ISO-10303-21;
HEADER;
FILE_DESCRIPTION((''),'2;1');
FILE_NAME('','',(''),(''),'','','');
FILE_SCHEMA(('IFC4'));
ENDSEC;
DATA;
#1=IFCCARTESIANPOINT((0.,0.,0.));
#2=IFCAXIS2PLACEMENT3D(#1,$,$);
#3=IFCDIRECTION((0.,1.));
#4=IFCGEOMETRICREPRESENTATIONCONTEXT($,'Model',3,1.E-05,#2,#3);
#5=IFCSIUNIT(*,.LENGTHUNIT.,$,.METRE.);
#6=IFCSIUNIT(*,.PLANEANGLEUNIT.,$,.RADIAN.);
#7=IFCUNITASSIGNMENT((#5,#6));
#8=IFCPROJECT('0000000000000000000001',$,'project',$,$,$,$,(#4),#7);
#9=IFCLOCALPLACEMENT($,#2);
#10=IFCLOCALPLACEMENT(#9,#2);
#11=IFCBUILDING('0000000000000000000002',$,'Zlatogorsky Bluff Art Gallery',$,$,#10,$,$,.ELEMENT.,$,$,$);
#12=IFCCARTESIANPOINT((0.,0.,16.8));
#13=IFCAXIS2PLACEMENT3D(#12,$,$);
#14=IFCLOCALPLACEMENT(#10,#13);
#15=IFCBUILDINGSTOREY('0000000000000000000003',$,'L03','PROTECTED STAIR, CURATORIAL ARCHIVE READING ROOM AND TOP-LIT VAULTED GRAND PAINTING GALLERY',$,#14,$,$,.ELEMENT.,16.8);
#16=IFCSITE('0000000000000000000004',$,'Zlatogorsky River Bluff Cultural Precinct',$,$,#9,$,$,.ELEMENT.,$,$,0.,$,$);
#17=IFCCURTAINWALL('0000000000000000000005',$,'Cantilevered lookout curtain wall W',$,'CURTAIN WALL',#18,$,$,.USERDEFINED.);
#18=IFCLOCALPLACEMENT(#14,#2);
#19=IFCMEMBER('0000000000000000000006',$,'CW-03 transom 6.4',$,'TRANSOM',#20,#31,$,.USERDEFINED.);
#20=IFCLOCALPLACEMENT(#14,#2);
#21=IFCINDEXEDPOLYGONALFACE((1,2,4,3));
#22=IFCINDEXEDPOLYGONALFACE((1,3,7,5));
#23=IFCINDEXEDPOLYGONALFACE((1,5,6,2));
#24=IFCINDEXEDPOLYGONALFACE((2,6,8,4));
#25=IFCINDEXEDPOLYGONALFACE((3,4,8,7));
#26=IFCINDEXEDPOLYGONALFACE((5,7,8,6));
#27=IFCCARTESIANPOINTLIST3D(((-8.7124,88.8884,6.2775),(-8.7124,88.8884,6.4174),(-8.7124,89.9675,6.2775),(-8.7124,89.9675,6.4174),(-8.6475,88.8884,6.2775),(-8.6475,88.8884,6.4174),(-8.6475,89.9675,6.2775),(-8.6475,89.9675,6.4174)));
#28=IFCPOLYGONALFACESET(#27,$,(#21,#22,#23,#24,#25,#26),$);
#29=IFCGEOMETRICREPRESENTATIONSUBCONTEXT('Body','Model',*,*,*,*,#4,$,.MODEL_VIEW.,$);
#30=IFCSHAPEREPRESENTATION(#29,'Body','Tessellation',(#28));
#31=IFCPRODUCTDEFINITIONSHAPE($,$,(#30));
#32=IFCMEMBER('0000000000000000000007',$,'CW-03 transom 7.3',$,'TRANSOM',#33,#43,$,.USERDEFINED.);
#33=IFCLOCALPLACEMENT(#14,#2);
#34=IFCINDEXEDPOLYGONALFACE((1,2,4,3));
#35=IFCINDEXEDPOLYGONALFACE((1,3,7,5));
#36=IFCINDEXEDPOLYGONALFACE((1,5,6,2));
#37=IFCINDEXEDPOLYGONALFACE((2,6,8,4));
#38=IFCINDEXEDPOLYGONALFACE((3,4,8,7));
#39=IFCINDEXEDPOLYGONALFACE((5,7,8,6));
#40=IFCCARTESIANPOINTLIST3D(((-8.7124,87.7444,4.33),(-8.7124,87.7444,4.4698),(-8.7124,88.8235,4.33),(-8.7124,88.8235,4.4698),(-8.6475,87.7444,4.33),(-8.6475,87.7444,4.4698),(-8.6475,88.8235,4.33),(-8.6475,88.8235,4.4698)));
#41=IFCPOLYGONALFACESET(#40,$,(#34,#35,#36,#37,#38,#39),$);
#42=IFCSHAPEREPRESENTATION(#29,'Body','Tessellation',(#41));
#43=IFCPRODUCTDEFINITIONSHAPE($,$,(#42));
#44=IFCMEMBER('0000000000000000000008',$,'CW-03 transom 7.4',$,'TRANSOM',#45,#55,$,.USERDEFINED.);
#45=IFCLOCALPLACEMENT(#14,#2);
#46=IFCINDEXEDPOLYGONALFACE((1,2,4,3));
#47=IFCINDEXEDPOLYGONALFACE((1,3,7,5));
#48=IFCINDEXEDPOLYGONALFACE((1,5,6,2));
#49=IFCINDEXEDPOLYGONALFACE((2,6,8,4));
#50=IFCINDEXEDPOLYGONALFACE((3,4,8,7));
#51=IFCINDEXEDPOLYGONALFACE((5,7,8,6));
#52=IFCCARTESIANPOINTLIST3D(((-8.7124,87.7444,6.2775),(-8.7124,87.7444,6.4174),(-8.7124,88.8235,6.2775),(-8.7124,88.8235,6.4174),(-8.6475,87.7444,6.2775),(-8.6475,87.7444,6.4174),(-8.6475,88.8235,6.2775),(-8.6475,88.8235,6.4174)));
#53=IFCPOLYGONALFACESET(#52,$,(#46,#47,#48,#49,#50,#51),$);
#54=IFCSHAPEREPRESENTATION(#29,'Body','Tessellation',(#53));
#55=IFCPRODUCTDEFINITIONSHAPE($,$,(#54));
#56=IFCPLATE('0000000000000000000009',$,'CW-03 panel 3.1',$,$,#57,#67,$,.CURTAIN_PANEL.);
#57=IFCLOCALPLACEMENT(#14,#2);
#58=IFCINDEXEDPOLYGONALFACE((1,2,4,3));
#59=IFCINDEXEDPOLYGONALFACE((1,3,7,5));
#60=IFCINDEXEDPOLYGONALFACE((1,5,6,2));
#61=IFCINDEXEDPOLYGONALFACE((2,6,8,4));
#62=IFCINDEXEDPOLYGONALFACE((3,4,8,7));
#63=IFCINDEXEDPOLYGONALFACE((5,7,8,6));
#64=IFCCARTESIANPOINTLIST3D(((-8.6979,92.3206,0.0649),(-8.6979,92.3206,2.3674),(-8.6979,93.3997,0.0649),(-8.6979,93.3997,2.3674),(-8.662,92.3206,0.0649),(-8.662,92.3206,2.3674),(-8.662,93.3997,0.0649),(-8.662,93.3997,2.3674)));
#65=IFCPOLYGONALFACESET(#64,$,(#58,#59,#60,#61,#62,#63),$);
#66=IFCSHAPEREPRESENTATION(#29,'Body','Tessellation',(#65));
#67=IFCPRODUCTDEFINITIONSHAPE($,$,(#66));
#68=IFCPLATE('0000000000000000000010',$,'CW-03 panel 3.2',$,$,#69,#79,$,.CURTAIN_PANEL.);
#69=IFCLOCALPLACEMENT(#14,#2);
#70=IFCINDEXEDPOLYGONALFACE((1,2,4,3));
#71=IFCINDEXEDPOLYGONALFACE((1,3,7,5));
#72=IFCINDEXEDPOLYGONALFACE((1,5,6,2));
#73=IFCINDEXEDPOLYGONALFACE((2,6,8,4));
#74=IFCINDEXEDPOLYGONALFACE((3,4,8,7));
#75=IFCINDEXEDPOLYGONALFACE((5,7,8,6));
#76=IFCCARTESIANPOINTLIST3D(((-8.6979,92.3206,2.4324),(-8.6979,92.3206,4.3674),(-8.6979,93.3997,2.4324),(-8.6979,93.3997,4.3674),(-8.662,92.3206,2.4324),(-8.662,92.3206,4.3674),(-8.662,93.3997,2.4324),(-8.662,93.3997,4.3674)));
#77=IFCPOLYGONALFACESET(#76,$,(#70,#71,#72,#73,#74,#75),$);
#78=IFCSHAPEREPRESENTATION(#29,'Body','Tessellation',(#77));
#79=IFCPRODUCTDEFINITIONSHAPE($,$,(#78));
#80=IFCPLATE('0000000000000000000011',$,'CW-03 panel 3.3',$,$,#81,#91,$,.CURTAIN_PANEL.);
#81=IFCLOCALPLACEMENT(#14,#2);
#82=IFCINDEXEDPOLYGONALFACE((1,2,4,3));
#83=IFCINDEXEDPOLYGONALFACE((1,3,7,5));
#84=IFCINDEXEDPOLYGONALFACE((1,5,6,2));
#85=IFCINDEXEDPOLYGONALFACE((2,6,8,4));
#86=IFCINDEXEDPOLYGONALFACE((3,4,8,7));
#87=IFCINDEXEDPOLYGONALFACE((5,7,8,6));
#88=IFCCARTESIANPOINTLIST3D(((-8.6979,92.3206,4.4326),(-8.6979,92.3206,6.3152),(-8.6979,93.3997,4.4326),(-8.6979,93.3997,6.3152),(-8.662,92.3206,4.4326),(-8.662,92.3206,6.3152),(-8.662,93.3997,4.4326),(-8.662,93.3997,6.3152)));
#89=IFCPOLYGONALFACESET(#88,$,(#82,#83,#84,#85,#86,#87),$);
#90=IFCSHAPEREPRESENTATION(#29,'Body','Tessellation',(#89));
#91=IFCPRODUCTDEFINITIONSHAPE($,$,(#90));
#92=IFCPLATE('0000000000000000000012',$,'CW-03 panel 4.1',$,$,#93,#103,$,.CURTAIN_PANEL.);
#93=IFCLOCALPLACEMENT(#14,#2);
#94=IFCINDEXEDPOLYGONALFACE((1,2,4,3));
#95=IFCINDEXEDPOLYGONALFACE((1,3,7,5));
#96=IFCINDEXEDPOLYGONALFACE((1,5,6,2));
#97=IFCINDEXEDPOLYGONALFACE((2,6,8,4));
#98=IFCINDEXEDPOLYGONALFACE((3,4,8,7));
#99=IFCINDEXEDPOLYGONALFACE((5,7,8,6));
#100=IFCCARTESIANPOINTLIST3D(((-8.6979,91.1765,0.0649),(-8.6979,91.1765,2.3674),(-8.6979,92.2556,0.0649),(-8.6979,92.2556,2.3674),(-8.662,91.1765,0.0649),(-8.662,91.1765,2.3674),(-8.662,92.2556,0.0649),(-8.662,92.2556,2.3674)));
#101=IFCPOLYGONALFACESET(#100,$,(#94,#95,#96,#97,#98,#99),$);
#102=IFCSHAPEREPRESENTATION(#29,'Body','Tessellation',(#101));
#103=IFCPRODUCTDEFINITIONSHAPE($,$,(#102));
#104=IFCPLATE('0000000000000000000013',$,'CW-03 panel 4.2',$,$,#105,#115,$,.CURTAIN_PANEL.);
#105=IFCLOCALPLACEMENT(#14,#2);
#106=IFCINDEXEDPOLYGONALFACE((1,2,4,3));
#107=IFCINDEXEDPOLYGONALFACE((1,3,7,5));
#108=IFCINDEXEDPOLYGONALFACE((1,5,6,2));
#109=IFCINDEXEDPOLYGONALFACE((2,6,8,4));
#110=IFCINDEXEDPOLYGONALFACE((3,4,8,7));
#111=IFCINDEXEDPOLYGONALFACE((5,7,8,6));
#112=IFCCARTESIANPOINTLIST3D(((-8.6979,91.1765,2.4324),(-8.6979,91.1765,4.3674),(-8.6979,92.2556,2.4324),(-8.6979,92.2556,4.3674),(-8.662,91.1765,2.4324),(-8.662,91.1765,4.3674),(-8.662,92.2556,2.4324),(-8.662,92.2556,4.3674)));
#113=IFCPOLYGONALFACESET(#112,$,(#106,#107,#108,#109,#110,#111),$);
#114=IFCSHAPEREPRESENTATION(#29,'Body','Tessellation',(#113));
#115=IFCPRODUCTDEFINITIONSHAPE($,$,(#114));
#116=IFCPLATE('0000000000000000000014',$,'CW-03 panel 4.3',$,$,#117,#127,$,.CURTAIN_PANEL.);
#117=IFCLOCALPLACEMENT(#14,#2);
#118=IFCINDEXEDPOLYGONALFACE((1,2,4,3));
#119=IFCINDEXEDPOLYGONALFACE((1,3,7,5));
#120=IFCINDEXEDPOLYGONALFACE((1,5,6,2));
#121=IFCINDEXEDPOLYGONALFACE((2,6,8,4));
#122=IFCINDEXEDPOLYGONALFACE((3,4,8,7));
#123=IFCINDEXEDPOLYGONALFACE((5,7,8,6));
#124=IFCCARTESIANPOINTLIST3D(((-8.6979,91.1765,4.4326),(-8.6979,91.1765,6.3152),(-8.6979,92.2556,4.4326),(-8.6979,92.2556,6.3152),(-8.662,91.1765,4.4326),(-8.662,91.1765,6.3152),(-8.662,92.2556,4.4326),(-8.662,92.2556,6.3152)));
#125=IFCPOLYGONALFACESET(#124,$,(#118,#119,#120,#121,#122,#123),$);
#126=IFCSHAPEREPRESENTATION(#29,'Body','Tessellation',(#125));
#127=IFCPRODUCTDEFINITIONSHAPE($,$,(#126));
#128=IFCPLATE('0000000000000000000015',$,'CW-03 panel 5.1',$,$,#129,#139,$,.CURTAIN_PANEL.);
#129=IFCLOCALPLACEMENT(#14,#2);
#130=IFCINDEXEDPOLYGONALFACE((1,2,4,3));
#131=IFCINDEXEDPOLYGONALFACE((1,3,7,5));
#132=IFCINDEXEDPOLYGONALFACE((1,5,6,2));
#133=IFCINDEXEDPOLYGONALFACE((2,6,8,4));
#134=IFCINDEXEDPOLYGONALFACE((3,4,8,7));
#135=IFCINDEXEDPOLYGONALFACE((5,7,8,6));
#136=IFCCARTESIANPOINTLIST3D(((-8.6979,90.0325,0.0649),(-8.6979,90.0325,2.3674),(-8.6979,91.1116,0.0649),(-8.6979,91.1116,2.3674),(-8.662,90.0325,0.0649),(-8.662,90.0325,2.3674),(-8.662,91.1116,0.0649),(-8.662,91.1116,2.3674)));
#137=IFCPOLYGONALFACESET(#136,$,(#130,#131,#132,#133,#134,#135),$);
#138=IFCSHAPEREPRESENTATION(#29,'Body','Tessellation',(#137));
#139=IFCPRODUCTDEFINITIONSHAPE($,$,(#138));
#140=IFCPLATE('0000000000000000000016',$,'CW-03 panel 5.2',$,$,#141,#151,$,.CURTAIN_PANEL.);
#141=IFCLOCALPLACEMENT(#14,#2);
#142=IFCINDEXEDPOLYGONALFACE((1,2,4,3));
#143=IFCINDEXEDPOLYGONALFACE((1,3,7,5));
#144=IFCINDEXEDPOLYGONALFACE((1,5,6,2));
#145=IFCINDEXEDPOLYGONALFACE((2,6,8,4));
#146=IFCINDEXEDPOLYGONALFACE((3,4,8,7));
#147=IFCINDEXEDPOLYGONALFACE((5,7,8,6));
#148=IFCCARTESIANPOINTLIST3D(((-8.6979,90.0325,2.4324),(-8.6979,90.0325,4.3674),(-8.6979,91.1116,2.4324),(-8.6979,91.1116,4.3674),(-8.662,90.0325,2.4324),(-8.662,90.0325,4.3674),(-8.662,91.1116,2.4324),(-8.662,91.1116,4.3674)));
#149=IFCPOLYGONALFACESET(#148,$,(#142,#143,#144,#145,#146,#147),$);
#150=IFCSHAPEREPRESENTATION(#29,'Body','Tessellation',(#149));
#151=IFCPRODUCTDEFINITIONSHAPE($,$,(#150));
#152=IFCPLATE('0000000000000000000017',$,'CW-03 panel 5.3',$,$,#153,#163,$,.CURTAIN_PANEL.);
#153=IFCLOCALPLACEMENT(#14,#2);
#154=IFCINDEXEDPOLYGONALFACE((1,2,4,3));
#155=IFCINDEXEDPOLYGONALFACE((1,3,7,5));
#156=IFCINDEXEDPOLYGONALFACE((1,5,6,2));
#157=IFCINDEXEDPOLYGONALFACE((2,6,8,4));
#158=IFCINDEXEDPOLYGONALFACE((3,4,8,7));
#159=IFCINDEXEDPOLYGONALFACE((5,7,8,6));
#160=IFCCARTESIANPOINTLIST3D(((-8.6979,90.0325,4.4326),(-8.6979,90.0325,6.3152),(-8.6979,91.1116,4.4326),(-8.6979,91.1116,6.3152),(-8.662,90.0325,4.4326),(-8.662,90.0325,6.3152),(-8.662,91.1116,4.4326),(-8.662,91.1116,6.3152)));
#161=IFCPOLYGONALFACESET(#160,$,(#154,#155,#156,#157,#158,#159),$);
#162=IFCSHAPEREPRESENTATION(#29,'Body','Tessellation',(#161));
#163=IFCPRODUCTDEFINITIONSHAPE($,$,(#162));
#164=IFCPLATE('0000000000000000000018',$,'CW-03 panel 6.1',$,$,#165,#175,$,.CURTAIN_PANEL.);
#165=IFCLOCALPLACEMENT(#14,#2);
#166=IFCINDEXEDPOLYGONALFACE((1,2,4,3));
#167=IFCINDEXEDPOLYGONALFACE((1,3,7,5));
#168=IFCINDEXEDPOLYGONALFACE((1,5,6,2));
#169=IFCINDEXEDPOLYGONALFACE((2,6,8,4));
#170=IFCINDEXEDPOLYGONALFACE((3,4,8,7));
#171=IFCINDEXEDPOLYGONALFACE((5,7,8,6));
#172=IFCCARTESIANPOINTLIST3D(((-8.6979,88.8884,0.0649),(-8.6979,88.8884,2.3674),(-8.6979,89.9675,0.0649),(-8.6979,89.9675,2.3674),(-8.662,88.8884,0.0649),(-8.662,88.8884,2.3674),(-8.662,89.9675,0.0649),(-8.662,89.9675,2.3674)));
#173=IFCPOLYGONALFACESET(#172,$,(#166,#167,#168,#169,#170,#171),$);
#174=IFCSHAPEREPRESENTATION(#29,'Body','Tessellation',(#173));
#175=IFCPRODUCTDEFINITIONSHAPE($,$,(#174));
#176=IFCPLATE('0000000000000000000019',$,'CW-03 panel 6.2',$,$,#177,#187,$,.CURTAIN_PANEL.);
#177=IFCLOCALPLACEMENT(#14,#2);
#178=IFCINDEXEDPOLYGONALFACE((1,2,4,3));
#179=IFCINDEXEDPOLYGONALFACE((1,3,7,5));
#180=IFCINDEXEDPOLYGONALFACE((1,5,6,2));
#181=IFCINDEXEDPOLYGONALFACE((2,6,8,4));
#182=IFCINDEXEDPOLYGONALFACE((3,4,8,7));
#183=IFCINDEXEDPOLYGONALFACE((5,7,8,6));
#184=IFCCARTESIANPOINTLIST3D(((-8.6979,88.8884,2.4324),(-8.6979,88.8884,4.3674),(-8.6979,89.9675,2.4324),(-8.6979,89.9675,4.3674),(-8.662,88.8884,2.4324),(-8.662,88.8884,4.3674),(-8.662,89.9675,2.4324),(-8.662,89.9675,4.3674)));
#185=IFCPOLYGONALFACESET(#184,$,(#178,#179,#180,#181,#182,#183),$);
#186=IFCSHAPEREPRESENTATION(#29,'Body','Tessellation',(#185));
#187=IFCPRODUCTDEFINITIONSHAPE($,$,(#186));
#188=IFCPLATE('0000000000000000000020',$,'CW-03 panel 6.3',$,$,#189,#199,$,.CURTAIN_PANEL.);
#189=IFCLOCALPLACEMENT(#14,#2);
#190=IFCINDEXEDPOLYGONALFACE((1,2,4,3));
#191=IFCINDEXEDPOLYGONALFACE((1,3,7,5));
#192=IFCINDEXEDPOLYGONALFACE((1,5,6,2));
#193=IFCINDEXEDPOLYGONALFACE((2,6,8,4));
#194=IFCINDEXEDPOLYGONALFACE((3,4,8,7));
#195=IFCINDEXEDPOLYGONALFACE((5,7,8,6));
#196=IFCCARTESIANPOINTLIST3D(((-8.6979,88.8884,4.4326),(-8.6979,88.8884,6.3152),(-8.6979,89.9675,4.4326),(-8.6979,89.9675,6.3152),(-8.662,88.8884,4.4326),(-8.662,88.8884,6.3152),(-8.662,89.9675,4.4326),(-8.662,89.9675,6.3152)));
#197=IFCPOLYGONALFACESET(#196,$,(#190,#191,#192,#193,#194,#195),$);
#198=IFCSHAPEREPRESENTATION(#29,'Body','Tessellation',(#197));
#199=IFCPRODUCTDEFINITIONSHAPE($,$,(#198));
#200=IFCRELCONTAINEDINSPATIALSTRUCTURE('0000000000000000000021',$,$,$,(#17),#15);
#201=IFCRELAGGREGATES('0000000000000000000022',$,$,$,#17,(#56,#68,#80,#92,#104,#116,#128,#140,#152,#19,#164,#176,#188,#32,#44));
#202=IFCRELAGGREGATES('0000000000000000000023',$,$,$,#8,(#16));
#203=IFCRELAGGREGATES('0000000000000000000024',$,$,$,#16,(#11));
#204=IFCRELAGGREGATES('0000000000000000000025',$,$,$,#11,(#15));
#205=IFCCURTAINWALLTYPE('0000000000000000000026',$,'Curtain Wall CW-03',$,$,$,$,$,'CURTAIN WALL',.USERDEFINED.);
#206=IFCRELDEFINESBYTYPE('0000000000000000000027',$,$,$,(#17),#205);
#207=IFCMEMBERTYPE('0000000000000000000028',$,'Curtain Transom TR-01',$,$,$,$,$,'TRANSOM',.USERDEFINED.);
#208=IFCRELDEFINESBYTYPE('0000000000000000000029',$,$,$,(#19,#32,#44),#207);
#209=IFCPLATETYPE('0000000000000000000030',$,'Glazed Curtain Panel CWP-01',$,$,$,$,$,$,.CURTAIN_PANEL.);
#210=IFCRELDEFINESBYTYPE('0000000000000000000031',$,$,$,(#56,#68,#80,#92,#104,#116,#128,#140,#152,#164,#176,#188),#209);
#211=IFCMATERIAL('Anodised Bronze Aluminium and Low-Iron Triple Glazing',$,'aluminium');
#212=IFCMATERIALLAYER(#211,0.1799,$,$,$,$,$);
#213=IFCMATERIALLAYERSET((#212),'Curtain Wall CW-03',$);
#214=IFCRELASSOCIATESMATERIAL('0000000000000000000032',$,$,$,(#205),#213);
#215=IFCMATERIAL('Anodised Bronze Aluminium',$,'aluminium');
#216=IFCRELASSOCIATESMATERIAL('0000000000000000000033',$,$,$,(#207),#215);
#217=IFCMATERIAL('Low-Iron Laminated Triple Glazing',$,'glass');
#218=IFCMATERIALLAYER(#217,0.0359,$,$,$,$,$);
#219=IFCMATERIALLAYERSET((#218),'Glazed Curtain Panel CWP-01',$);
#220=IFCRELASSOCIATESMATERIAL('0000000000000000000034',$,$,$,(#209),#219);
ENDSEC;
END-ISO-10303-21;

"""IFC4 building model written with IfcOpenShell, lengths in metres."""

from ifc_helpers import new_model, si_unit, direction, frame, origin, origin_2d, place, context, subcontext, project, spatial, rectangle, extrude, material, layer, layer_set, material_profile, profile_set, type_object, element, aggregate, save


model = new_model("IFC4")

# Units and contexts
model_context = context("Model", 3, precision=1e-05, world=origin(), true_north=direction((0.0, 1.0)))
body_context = subcontext(model_context, "Body", "Model", "MODEL_VIEW")
ifc_project = project(units=[si_unit("LENGTHUNIT", "METRE"), si_unit("PLANEANGLEUNIT", "RADIAN")], contexts=[model_context])

# Site, building, storey
site_placement = place(None, origin())
site = spatial("IfcSite", under=ifc_project, at=site_placement, Name="Zlatogorsky River Bluff Cultural Precinct", CompositionType="ELEMENT", RefElevation=0.0)
building_placement = place(site_placement, origin())
building = spatial("IfcBuilding", under=site, at=building_placement, Name="Zlatogorsky Bluff Art Gallery", CompositionType="ELEMENT")
storey_placement = place(building_placement, frame((0.0, 0.0, 16.8)))
storey = spatial("IfcBuildingStorey", under=building, at=storey_placement, Name="L03", Description="PROTECTED STAIR, CURATORIAL ARCHIVE READING ROOM AND TOP-LIT VAULTED GRAND PAINTING GALLERY", CompositionType="ELEMENT", Elevation=16.8)

# Curtain wall, members, plates
ifc_material_1 = material(Name="Anodised Bronze Aluminium and Low-Iron Triple Glazing", Category="aluminium")
ifc_layer_1 = layer(ifc_material_1, 0.1799)
ifc_layer_set_1 = layer_set([ifc_layer_1], Name="Curtain Wall CW-03")
curtain_wall_type = type_object("IfcCurtainWallType", Name="Curtain Wall CW-03", ElementType="CURTAIN WALL", PredefinedType="USERDEFINED", material=ifc_layer_set_1)
curtain_wall_placement = place(storey_placement, origin())
curtain_wall = element("IfcCurtainWall", 1, at=curtain_wall_placement, inside=storey, type_object=curtain_wall_type, Name="Cantilevered lookout curtain wall W", ObjectType="CURTAIN WALL", PredefinedType="USERDEFINED")
ifc_material_2 = material(Name="Anodised Bronze Aluminium", Category="aluminium")
ifc_material_profile_1 = material_profile(ifc_material_2, rectangle(XDim=0.0649, YDim=0.1399, at=origin_2d()), Name="ALU TRANSOM 65x140")
ifc_profile_set_1 = profile_set([ifc_material_profile_1], Name="Anodised Bronze Aluminium")
member_type_1 = type_object("IfcMemberType", Name="Curtain Transom TR-01", ElementType="TRANSOM", PredefinedType="USERDEFINED", material=ifc_profile_set_1)
member_1_placement = place(storey_placement, frame((-8.6799, 89.9675, 6.3474), z_axis=(0.0, -1.0, 0.0), x_axis=(1.0, 0.0, 0.0)))
member_1 = element("IfcMember", 2, at=member_1_placement, type_object=member_type_1, Name="CW-03 transom 6.4", ObjectType="TRANSOM", PredefinedType="USERDEFINED", context=body_context, shape_type="SweptSolid", body=[
    extrude(rectangle(XDim=0.0649, YDim=0.1399, at=origin_2d()), origin(), (0.0, 0.0, 1.0), 1.0791),
])
member_2_placement = place(storey_placement, frame((-8.6799, 88.8235, 4.3999), z_axis=(0.0, -1.0, 0.0), x_axis=(1.0, 0.0, 0.0)))
member_2 = element("IfcMember", 3, at=member_2_placement, type_object=member_type_1, Name="CW-03 transom 7.3", ObjectType="TRANSOM", PredefinedType="USERDEFINED", context=body_context, shape_type="SweptSolid", body=[
    extrude(rectangle(XDim=0.0649, YDim=0.1399, at=origin_2d()), origin(), (0.0, 0.0, 1.0), 1.0791),
])
member_3_placement = place(storey_placement, frame((-8.6799, 88.8235, 6.3474), z_axis=(0.0, -1.0, 0.0), x_axis=(1.0, 0.0, 0.0)))
member_3 = element("IfcMember", 4, at=member_3_placement, type_object=member_type_1, Name="CW-03 transom 7.4", ObjectType="TRANSOM", PredefinedType="USERDEFINED", context=body_context, shape_type="SweptSolid", body=[
    extrude(rectangle(XDim=0.0649, YDim=0.1399, at=origin_2d()), origin(), (0.0, 0.0, 1.0), 1.0791),
])
ifc_material_3 = material(Name="Low-Iron Laminated Triple Glazing", Category="glass")
ifc_layer_2 = layer(ifc_material_3, 0.0359)
ifc_layer_set_2 = layer_set([ifc_layer_2], Name="Glazed Curtain Panel CWP-01")
plate_type = type_object("IfcPlateType", Name="Glazed Curtain Panel CWP-01", PredefinedType="CURTAIN_PANEL", material=ifc_layer_set_2)
plate_1_placement = place(storey_placement, frame((-8.6799, 92.8601, 0.0649), z_axis=(0.0, 0.0, 1.0), x_axis=(0.0, -1.0, 0.0)))
plate_1 = element("IfcPlate", 5, at=plate_1_placement, type_object=plate_type, Name="CW-03 panel 3.1", PredefinedType="CURTAIN_PANEL", context=body_context, shape_type="SweptSolid", body=[
    extrude(rectangle(XDim=1.0791, YDim=0.0359, at=origin_2d()), origin(), (0.0, 0.0, 1.0), 2.3025),
])
plate_2_placement = place(storey_placement, frame((-8.6799, 92.8601, 2.4324), z_axis=(0.0, 0.0, 1.0), x_axis=(0.0, -1.0, 0.0)))
plate_2 = element("IfcPlate", 6, at=plate_2_placement, type_object=plate_type, Name="CW-03 panel 3.2", PredefinedType="CURTAIN_PANEL", context=body_context, shape_type="SweptSolid", body=[
    extrude(rectangle(XDim=1.0791, YDim=0.0359, at=origin_2d()), origin(), (0.0, 0.0, 1.0), 1.9351),
])
plate_3_placement = place(storey_placement, frame((-8.6799, 92.8601, 4.4326), z_axis=(0.0, 0.0, 1.0), x_axis=(0.0, -1.0, 0.0)))
plate_3 = element("IfcPlate", 7, at=plate_3_placement, type_object=plate_type, Name="CW-03 panel 3.3", PredefinedType="CURTAIN_PANEL", context=body_context, shape_type="SweptSolid", body=[
    extrude(rectangle(XDim=1.0791, YDim=0.0359, at=origin_2d()), origin(), (0.0, 0.0, 1.0), 1.8826),
])
plate_4_placement = place(storey_placement, frame((-8.6799, 91.7161, 0.0649), z_axis=(0.0, 0.0, 1.0), x_axis=(0.0, -1.0, 0.0)))
plate_4 = element("IfcPlate", 8, at=plate_4_placement, type_object=plate_type, Name="CW-03 panel 4.1", PredefinedType="CURTAIN_PANEL", context=body_context, shape_type="SweptSolid", body=[
    extrude(rectangle(XDim=1.0791, YDim=0.0359, at=origin_2d()), origin(), (0.0, 0.0, 1.0), 2.3025),
])
plate_5_placement = place(storey_placement, frame((-8.6799, 91.7161, 2.4324), z_axis=(0.0, 0.0, 1.0), x_axis=(0.0, -1.0, 0.0)))
plate_5 = element("IfcPlate", 9, at=plate_5_placement, type_object=plate_type, Name="CW-03 panel 4.2", PredefinedType="CURTAIN_PANEL", context=body_context, shape_type="SweptSolid", body=[
    extrude(rectangle(XDim=1.0791, YDim=0.0359, at=origin_2d()), origin(), (0.0, 0.0, 1.0), 1.9351),
])
plate_6_placement = place(storey_placement, frame((-8.6799, 91.7161, 4.4326), z_axis=(0.0, 0.0, 1.0), x_axis=(0.0, -1.0, 0.0)))
plate_6 = element("IfcPlate", 10, at=plate_6_placement, type_object=plate_type, Name="CW-03 panel 4.3", PredefinedType="CURTAIN_PANEL", context=body_context, shape_type="SweptSolid", body=[
    extrude(rectangle(XDim=1.0791, YDim=0.0359, at=origin_2d()), origin(), (0.0, 0.0, 1.0), 1.8826),
])
plate_7_placement = place(storey_placement, frame((-8.6799, 90.572, 0.0649), z_axis=(0.0, 0.0, 1.0), x_axis=(0.0, -1.0, 0.0)))
plate_7 = element("IfcPlate", 11, at=plate_7_placement, type_object=plate_type, Name="CW-03 panel 5.1", PredefinedType="CURTAIN_PANEL", context=body_context, shape_type="SweptSolid", body=[
    extrude(rectangle(XDim=1.0791, YDim=0.0359, at=origin_2d()), origin(), (0.0, 0.0, 1.0), 2.3025),
])
plate_8_placement = place(storey_placement, frame((-8.6799, 90.572, 2.4324), z_axis=(0.0, 0.0, 1.0), x_axis=(0.0, -1.0, 0.0)))
plate_8 = element("IfcPlate", 12, at=plate_8_placement, type_object=plate_type, Name="CW-03 panel 5.2", PredefinedType="CURTAIN_PANEL", context=body_context, shape_type="SweptSolid", body=[
    extrude(rectangle(XDim=1.0791, YDim=0.0359, at=origin_2d()), origin(), (0.0, 0.0, 1.0), 1.9351),
])
plate_9_placement = place(storey_placement, frame((-8.6799, 90.572, 4.4326), z_axis=(0.0, 0.0, 1.0), x_axis=(0.0, -1.0, 0.0)))
plate_9 = element("IfcPlate", 13, at=plate_9_placement, type_object=plate_type, Name="CW-03 panel 5.3", PredefinedType="CURTAIN_PANEL", context=body_context, shape_type="SweptSolid", body=[
    extrude(rectangle(XDim=1.0791, YDim=0.0359, at=origin_2d()), origin(), (0.0, 0.0, 1.0), 1.8826),
])
plate_10_placement = place(storey_placement, frame((-8.6799, 89.428, 0.0649), z_axis=(0.0, 0.0, 1.0), x_axis=(0.0, -1.0, 0.0)))
plate_10 = element("IfcPlate", 14, at=plate_10_placement, type_object=plate_type, Name="CW-03 panel 6.1", PredefinedType="CURTAIN_PANEL", context=body_context, shape_type="SweptSolid", body=[
    extrude(rectangle(XDim=1.0791, YDim=0.0359, at=origin_2d()), origin(), (0.0, 0.0, 1.0), 2.3025),
])
plate_11_placement = place(storey_placement, frame((-8.6799, 89.428, 2.4324), z_axis=(0.0, 0.0, 1.0), x_axis=(0.0, -1.0, 0.0)))
plate_11 = element("IfcPlate", 15, at=plate_11_placement, type_object=plate_type, Name="CW-03 panel 6.2", PredefinedType="CURTAIN_PANEL", context=body_context, shape_type="SweptSolid", body=[
    extrude(rectangle(XDim=1.0791, YDim=0.0359, at=origin_2d()), origin(), (0.0, 0.0, 1.0), 1.9351),
])
plate_12_placement = place(storey_placement, frame((-8.6799, 89.428, 4.4326), z_axis=(0.0, 0.0, 1.0), x_axis=(0.0, -1.0, 0.0)))
plate_12 = element("IfcPlate", 16, at=plate_12_placement, type_object=plate_type, Name="CW-03 panel 6.3", PredefinedType="CURTAIN_PANEL", context=body_context, shape_type="SweptSolid", body=[
    extrude(rectangle(XDim=1.0791, YDim=0.0359, at=origin_2d()), origin(), (0.0, 0.0, 1.0), 1.8826),
])
aggregate(curtain_wall, [plate_1, plate_2, plate_3, plate_4, plate_5, plate_6, plate_7, plate_8, plate_9, member_1, plate_10, plate_11, plate_12, member_2, member_3])

save(model, "model.ifc")
